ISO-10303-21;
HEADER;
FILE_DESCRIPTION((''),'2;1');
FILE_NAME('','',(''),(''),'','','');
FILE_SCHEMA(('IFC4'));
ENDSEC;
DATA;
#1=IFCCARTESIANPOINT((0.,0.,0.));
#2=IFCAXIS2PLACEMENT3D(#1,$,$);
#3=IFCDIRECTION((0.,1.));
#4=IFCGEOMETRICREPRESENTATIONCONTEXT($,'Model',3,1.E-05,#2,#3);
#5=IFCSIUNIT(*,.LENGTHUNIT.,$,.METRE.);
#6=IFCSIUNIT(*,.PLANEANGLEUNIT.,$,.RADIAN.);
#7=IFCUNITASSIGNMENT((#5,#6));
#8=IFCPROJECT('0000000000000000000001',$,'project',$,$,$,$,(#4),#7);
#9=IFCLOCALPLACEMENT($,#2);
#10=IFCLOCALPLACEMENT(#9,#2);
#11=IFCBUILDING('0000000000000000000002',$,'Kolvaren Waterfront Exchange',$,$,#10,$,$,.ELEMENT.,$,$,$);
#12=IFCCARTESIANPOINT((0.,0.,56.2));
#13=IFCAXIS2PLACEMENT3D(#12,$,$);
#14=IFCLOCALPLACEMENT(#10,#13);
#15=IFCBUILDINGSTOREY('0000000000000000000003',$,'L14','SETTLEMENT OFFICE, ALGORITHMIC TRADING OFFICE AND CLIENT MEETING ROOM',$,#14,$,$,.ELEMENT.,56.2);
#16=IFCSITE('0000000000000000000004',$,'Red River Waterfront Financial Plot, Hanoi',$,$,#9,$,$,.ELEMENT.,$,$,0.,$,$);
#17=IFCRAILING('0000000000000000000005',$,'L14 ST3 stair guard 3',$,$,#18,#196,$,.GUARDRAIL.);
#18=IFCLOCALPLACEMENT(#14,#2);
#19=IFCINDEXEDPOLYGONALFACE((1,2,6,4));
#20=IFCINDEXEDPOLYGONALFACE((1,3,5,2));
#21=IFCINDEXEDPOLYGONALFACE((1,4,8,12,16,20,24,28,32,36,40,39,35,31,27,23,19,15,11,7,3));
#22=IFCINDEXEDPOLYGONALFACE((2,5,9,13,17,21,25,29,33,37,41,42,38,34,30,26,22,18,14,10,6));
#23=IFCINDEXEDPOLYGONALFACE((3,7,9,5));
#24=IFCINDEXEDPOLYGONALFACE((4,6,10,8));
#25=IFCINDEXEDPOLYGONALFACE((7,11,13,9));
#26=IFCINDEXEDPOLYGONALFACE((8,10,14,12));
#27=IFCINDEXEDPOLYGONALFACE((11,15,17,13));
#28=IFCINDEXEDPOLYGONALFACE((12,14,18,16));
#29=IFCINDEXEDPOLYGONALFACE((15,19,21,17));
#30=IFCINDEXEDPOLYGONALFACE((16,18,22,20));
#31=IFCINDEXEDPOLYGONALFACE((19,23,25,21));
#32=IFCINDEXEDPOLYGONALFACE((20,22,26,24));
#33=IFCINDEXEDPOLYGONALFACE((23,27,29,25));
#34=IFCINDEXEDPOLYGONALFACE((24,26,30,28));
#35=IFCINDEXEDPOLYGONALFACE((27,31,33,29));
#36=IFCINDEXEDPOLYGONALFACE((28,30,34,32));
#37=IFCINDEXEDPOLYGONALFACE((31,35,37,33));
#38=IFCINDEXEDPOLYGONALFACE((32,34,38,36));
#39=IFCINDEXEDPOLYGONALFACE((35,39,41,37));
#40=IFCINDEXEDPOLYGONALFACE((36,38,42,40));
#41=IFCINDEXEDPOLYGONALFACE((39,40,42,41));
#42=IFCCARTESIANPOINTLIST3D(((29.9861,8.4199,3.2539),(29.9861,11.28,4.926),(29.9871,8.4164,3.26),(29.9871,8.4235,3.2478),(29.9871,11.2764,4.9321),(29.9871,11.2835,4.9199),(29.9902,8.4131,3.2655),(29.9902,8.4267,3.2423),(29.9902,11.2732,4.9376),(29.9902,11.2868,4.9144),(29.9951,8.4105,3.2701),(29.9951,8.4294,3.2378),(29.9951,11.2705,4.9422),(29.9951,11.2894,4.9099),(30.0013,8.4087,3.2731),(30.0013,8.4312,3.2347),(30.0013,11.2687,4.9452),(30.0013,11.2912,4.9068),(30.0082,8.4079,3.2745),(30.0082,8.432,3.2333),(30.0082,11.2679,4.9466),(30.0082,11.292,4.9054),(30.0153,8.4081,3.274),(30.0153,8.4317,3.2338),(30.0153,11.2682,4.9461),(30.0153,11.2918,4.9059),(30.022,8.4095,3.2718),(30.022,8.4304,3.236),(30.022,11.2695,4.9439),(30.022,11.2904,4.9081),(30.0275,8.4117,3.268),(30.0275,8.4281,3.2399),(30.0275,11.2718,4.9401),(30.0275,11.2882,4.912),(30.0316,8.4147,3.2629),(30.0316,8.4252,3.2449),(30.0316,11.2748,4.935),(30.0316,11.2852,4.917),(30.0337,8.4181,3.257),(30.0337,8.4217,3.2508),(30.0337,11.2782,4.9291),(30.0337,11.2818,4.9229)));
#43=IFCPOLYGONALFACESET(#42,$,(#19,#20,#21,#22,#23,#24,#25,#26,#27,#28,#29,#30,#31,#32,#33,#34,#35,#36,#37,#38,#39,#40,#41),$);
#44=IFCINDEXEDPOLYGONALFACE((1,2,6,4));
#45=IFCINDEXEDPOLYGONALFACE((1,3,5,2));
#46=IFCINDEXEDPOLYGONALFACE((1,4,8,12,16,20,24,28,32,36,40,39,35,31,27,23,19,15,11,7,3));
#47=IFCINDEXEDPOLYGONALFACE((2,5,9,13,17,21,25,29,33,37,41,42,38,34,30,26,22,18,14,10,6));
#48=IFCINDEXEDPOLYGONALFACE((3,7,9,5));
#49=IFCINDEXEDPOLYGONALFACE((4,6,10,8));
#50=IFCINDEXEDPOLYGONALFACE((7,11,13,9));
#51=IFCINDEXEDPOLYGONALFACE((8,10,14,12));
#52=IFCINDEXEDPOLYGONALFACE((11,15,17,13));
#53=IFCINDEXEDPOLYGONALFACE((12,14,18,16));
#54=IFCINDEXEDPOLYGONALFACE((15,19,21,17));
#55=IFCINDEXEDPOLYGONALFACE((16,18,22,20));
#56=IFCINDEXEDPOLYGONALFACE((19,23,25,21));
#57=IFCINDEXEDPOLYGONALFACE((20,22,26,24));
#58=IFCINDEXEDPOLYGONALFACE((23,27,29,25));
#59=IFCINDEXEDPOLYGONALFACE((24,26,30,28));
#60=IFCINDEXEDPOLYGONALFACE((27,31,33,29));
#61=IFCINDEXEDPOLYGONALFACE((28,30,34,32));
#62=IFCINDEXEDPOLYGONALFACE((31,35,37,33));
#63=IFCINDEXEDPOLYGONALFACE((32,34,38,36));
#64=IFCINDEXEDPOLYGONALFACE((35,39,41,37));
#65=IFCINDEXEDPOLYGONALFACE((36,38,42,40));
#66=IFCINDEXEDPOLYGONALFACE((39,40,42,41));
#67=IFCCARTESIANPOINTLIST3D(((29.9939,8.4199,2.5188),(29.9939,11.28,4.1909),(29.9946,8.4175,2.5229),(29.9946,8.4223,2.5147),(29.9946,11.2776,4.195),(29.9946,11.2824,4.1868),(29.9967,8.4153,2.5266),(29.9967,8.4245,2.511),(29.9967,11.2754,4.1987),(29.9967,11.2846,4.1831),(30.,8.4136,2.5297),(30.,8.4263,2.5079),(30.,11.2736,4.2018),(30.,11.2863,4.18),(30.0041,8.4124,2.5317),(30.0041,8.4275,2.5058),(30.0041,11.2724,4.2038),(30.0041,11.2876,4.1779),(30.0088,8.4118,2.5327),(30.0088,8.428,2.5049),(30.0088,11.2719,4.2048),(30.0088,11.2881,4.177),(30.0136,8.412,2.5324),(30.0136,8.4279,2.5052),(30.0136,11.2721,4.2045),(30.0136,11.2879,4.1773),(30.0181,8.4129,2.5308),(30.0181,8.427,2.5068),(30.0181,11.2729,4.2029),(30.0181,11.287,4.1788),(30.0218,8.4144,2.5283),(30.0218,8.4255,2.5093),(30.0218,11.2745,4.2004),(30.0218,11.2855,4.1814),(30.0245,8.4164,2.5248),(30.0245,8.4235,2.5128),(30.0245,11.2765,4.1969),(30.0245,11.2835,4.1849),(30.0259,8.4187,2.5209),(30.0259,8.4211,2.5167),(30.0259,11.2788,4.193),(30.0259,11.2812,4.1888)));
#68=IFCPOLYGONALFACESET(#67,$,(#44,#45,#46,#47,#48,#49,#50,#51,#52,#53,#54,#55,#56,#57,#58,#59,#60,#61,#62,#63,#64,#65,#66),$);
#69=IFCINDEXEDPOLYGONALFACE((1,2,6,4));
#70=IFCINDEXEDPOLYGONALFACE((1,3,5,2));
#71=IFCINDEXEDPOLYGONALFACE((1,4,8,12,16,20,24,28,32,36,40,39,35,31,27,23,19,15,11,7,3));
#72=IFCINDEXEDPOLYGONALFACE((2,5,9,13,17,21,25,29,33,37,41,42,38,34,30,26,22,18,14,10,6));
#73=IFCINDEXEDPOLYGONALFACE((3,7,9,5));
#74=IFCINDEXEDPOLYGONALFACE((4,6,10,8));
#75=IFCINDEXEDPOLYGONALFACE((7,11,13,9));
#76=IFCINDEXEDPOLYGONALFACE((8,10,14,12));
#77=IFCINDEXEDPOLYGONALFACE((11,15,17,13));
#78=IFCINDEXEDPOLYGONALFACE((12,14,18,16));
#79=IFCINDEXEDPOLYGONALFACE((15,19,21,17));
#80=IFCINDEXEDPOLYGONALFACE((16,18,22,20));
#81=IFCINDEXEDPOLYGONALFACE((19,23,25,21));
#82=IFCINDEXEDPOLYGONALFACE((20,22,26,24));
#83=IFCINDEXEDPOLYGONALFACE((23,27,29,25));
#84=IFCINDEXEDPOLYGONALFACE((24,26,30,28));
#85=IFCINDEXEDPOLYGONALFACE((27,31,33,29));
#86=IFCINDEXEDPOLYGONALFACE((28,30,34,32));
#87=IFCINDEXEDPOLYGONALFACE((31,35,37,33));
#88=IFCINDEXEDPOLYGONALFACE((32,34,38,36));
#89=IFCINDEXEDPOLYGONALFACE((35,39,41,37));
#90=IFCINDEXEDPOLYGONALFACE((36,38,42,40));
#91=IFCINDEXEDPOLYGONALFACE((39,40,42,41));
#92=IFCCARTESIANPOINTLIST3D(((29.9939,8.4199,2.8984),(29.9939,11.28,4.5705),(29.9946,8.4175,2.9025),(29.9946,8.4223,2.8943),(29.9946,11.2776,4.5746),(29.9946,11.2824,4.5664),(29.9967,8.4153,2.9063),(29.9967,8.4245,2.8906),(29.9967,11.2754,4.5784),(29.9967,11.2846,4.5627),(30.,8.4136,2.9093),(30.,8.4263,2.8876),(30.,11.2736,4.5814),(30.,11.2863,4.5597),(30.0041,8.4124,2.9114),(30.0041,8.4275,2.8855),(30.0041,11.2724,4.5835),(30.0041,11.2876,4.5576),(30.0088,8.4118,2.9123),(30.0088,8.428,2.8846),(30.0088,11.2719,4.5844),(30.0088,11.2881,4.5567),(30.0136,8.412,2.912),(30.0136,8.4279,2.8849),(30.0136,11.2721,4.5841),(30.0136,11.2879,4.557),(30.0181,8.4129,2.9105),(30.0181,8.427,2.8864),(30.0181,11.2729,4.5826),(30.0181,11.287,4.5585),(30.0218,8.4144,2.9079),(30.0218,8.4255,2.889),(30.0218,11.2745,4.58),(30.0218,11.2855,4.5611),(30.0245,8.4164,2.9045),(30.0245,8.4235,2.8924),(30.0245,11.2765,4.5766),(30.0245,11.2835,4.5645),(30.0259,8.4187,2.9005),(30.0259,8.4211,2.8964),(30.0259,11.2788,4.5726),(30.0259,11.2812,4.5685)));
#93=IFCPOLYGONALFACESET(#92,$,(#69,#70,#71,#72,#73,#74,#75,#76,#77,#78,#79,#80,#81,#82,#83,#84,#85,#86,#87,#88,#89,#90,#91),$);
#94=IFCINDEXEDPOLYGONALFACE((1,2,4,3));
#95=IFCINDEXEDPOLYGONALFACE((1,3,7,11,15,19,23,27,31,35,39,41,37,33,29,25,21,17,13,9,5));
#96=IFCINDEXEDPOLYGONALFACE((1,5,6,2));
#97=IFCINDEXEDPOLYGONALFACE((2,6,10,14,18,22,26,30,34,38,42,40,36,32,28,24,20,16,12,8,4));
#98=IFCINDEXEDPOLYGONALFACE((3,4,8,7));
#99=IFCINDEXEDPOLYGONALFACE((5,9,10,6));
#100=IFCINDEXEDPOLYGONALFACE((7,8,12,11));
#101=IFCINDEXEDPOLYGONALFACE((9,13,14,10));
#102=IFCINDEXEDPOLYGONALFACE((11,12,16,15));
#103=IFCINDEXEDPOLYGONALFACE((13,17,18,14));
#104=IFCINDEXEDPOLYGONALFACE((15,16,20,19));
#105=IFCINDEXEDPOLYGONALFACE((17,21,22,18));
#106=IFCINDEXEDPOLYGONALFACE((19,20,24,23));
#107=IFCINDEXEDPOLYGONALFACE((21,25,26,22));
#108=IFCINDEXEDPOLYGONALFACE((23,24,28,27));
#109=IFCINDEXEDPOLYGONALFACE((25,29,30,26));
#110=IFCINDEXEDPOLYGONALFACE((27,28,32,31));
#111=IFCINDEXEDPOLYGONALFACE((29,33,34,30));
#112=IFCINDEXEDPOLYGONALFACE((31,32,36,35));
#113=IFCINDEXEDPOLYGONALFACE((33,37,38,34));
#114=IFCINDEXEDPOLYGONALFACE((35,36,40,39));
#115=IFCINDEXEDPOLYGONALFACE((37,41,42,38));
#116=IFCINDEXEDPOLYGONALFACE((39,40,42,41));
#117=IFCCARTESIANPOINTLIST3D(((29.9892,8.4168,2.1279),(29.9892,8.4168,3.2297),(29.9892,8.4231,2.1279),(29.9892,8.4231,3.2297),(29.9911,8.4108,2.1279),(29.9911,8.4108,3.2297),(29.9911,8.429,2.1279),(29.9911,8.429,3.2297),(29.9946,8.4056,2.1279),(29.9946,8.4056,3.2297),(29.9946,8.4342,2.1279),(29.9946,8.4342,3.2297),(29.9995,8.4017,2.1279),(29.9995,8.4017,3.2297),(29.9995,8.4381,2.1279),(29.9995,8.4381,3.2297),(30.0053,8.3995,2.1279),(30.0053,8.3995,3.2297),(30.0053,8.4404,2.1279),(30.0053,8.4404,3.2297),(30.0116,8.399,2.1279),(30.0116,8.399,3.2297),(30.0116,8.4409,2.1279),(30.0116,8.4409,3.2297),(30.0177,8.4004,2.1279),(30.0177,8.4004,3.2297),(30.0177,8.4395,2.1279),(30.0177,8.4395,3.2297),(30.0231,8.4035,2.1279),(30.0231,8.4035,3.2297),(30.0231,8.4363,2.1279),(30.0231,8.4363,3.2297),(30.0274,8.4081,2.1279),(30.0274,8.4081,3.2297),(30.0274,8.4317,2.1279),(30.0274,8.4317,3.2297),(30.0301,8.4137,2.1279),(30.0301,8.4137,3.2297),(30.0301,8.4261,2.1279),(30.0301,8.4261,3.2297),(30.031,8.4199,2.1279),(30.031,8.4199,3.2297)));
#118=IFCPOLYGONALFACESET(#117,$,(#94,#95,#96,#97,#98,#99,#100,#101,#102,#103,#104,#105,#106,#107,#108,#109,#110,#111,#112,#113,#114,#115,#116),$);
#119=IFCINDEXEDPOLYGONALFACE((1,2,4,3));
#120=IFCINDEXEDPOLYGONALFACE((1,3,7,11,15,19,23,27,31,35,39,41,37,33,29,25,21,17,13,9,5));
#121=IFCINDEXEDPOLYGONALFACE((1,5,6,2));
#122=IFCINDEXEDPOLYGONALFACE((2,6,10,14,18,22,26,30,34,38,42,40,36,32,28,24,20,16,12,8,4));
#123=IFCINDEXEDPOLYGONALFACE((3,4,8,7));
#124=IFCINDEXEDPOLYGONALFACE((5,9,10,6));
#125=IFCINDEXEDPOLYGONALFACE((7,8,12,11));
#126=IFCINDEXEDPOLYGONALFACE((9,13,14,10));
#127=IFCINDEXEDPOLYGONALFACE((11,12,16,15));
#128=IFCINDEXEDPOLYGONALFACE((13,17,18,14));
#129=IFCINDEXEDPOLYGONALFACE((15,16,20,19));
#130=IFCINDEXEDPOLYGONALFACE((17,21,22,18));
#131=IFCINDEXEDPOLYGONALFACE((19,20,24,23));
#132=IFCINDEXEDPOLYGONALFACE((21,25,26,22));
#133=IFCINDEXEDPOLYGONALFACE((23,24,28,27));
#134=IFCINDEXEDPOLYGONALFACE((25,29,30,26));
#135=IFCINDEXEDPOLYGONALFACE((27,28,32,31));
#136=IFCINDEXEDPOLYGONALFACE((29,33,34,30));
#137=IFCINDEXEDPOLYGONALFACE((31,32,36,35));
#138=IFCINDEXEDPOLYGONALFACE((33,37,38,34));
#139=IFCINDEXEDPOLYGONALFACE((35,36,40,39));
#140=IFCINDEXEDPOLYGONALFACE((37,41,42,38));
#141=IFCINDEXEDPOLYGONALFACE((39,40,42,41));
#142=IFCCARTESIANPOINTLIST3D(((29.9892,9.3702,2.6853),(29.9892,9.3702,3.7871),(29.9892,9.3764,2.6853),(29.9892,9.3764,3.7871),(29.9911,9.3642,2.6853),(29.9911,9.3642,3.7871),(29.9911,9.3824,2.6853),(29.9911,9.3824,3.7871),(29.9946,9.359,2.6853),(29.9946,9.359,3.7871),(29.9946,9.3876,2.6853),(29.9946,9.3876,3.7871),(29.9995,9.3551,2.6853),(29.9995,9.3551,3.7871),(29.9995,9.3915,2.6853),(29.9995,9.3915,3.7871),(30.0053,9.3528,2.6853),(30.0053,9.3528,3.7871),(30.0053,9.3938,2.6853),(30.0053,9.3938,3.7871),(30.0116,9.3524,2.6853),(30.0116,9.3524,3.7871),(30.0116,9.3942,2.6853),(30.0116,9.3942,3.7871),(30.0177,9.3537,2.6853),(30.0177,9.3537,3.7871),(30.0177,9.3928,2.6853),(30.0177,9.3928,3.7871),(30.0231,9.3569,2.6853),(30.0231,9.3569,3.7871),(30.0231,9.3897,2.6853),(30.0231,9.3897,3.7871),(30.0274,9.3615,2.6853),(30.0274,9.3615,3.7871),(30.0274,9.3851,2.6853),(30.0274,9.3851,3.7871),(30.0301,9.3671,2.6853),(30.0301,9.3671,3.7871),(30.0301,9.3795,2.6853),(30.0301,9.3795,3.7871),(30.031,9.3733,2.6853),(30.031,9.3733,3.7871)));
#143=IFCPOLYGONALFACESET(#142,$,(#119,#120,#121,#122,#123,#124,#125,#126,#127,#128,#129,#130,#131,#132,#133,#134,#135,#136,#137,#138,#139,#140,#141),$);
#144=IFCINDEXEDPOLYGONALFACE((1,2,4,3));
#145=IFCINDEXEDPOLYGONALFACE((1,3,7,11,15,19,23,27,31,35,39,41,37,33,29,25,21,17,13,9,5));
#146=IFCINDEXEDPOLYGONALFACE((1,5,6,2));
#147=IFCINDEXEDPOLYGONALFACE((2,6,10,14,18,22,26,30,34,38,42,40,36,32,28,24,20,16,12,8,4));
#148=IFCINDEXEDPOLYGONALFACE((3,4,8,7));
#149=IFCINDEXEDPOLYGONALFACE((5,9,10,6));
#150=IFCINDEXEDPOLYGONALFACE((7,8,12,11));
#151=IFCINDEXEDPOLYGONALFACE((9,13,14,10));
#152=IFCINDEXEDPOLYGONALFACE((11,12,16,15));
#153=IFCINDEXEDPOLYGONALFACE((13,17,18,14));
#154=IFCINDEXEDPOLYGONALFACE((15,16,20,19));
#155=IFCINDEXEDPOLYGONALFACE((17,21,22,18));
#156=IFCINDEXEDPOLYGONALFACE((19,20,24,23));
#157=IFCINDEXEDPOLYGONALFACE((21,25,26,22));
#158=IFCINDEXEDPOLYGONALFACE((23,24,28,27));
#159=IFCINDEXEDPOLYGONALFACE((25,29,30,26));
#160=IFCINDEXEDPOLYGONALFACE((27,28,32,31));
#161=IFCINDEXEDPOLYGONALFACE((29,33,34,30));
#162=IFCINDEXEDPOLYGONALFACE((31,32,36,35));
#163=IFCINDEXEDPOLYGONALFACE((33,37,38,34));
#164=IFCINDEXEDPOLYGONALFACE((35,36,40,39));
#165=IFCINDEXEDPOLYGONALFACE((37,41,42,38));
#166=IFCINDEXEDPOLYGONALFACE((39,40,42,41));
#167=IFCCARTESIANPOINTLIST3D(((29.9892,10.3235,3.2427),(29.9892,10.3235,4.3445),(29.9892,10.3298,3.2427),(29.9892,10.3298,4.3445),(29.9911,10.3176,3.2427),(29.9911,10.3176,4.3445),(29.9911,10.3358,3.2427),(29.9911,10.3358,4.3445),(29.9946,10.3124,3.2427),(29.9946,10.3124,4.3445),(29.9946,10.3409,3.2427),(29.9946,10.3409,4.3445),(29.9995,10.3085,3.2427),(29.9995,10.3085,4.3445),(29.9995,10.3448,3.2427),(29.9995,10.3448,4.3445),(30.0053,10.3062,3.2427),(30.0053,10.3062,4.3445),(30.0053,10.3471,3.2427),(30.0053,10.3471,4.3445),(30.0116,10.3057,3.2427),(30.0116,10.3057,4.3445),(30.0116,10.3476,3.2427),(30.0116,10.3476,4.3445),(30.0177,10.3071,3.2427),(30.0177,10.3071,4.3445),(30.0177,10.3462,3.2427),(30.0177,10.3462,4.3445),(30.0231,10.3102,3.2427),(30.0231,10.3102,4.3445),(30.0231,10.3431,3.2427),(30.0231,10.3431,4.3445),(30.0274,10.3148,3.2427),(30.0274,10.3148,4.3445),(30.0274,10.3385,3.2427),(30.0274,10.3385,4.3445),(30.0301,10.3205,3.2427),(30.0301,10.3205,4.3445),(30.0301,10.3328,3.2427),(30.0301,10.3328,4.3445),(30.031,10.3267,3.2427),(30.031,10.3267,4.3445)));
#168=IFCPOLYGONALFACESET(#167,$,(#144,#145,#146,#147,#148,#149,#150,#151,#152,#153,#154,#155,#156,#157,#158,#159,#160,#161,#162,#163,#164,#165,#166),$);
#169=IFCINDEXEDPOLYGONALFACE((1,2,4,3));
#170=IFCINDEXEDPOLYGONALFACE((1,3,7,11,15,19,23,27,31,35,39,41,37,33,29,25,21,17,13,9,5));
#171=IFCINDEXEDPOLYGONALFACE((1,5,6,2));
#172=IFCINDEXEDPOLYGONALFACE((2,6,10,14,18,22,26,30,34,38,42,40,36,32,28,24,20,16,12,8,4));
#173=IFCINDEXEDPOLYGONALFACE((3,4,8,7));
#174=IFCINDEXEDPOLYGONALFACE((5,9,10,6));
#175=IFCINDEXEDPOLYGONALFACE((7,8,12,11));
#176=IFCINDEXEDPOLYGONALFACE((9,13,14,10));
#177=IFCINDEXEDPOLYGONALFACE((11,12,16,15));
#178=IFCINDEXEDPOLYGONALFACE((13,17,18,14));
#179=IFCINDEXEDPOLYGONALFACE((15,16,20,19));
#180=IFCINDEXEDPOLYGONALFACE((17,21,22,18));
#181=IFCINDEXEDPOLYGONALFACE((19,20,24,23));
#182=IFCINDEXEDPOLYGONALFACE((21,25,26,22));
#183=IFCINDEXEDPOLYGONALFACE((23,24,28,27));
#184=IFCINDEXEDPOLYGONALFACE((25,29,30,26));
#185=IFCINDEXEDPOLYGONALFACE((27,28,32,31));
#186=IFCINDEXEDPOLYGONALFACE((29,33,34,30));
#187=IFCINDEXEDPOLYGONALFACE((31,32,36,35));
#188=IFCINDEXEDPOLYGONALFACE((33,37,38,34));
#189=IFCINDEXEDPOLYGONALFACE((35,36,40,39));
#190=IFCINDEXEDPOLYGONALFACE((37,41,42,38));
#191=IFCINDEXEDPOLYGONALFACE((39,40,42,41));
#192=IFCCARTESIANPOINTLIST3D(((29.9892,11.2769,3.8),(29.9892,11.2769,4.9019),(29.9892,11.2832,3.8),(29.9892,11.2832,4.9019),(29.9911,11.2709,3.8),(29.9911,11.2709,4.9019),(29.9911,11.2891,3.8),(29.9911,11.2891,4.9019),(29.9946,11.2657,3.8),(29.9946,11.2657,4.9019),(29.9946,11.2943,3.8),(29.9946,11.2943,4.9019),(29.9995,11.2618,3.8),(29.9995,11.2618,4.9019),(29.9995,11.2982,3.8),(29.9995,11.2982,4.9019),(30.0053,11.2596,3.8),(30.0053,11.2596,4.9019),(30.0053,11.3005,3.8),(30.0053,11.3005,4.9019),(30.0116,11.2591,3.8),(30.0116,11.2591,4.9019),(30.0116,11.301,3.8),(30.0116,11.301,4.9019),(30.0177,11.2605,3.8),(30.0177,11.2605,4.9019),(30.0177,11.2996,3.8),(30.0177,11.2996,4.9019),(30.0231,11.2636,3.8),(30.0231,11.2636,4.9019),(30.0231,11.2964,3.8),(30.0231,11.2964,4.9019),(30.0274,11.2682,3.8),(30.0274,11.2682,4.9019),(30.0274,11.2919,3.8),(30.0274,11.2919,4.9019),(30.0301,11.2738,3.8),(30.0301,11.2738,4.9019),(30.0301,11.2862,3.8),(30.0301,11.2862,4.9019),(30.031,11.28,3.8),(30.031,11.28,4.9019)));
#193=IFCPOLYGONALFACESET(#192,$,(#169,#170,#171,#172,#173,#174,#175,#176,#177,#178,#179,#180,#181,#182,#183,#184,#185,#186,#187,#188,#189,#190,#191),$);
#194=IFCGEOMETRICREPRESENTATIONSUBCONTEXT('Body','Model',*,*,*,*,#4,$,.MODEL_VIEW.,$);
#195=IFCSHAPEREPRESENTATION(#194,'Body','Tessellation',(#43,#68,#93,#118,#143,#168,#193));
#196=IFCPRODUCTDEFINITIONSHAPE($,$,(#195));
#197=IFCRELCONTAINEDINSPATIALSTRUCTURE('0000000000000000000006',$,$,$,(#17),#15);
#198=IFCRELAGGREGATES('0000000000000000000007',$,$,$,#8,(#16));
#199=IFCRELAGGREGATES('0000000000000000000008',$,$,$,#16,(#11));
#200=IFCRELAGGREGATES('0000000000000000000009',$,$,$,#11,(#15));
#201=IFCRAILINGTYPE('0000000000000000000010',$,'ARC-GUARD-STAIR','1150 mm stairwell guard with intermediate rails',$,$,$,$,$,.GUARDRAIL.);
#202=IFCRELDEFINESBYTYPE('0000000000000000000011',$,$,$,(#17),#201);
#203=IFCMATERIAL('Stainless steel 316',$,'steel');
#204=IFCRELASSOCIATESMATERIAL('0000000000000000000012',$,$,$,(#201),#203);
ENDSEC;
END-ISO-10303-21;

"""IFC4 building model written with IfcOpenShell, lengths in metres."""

from ifc_helpers import new_model, si_unit, direction, frame, origin, origin_2d, place, context, subcontext, project, spatial, circle, extrude, material, type_object, element, save


model = new_model("IFC4")

# Units and contexts
model_context = context("Model", 3, precision=1e-05, world=origin(), true_north=direction((0.0, 1.0)))
body_context = subcontext(model_context, "Body", "Model", "MODEL_VIEW")
ifc_project = project(units=[si_unit("LENGTHUNIT", "METRE"), si_unit("PLANEANGLEUNIT", "RADIAN")], contexts=[model_context])

# Site, building, storey
site_placement = place(None, origin())
site = spatial("IfcSite", under=ifc_project, at=site_placement, Name="Red River Waterfront Financial Plot, Hanoi", CompositionType="ELEMENT", RefElevation=0.0)
building_placement = place(site_placement, origin())
building = spatial("IfcBuilding", under=site, at=building_placement, Name="Kolvaren Waterfront Exchange", CompositionType="ELEMENT")
storey_placement = place(building_placement, frame((0.0, 0.0, 56.2)))
storey = spatial("IfcBuildingStorey", under=building, at=storey_placement, Name="L14", Description="SETTLEMENT OFFICE, ALGORITHMIC TRADING OFFICE AND CLIENT MEETING ROOM", CompositionType="ELEMENT", Elevation=56.2)

# Railing
ifc_material_1 = material(Name="Stainless steel 316", Category="steel")
railing_type_1 = type_object("IfcRailingType", Name="ARC-GUARD-STAIR", Description="1150 mm stairwell guard with intermediate rails", PredefinedType="GUARDRAIL", material=ifc_material_1)
railing_1_placement = place(storey_placement, frame((30.01, 8.4199, 2.1279)))
element("IfcRailing", 1, at=railing_1_placement, inside=storey, type_object=railing_type_1, Name="L14 ST3 stair guard 3", PredefinedType="GUARDRAIL", context=body_context, shape_type="SweptSolid", body=[
    extrude(circle(Radius=0.0239, at=origin_2d()), frame((0.0, 0.0, 1.126), z_axis=(0.0, 0.863289, 0.504709), x_axis=(-1.0, 0.0, 0.0)), (0.0, 0.0, 1.0), 3.313),
    extrude(circle(Radius=0.0161, at=origin_2d()), frame((0.0, 0.0, 0.3909), z_axis=(0.0, 0.863289, 0.504709), x_axis=(-1.0, 0.0, 0.0)), (0.0, 0.0, 1.0), 3.313),
    extrude(circle(Radius=0.0161, at=origin_2d()), frame((0.0, 0.0, 0.7705), z_axis=(0.0, 0.863289, 0.504709), x_axis=(-1.0, 0.0, 0.0)), (0.0, 0.0, 1.0), 3.313),
    extrude(circle(Radius=0.021, at=origin_2d()), origin(), (0.0, 0.0, 1.0), 1.1018),
    extrude(circle(Radius=0.021, at=origin_2d()), frame((0.0, 0.9534, 0.5574)), (0.0, 0.0, 1.0), 1.1018),
    extrude(circle(Radius=0.021, at=origin_2d()), frame((0.0, 1.9067, 1.1147)), (0.0, 0.0, 1.0), 1.1018),
    extrude(circle(Radius=0.021, at=origin_2d()), frame((0.0, 2.8601, 1.6721)), (0.0, 0.0, 1.0), 1.1018),
])

save(model, "model.ifc")
